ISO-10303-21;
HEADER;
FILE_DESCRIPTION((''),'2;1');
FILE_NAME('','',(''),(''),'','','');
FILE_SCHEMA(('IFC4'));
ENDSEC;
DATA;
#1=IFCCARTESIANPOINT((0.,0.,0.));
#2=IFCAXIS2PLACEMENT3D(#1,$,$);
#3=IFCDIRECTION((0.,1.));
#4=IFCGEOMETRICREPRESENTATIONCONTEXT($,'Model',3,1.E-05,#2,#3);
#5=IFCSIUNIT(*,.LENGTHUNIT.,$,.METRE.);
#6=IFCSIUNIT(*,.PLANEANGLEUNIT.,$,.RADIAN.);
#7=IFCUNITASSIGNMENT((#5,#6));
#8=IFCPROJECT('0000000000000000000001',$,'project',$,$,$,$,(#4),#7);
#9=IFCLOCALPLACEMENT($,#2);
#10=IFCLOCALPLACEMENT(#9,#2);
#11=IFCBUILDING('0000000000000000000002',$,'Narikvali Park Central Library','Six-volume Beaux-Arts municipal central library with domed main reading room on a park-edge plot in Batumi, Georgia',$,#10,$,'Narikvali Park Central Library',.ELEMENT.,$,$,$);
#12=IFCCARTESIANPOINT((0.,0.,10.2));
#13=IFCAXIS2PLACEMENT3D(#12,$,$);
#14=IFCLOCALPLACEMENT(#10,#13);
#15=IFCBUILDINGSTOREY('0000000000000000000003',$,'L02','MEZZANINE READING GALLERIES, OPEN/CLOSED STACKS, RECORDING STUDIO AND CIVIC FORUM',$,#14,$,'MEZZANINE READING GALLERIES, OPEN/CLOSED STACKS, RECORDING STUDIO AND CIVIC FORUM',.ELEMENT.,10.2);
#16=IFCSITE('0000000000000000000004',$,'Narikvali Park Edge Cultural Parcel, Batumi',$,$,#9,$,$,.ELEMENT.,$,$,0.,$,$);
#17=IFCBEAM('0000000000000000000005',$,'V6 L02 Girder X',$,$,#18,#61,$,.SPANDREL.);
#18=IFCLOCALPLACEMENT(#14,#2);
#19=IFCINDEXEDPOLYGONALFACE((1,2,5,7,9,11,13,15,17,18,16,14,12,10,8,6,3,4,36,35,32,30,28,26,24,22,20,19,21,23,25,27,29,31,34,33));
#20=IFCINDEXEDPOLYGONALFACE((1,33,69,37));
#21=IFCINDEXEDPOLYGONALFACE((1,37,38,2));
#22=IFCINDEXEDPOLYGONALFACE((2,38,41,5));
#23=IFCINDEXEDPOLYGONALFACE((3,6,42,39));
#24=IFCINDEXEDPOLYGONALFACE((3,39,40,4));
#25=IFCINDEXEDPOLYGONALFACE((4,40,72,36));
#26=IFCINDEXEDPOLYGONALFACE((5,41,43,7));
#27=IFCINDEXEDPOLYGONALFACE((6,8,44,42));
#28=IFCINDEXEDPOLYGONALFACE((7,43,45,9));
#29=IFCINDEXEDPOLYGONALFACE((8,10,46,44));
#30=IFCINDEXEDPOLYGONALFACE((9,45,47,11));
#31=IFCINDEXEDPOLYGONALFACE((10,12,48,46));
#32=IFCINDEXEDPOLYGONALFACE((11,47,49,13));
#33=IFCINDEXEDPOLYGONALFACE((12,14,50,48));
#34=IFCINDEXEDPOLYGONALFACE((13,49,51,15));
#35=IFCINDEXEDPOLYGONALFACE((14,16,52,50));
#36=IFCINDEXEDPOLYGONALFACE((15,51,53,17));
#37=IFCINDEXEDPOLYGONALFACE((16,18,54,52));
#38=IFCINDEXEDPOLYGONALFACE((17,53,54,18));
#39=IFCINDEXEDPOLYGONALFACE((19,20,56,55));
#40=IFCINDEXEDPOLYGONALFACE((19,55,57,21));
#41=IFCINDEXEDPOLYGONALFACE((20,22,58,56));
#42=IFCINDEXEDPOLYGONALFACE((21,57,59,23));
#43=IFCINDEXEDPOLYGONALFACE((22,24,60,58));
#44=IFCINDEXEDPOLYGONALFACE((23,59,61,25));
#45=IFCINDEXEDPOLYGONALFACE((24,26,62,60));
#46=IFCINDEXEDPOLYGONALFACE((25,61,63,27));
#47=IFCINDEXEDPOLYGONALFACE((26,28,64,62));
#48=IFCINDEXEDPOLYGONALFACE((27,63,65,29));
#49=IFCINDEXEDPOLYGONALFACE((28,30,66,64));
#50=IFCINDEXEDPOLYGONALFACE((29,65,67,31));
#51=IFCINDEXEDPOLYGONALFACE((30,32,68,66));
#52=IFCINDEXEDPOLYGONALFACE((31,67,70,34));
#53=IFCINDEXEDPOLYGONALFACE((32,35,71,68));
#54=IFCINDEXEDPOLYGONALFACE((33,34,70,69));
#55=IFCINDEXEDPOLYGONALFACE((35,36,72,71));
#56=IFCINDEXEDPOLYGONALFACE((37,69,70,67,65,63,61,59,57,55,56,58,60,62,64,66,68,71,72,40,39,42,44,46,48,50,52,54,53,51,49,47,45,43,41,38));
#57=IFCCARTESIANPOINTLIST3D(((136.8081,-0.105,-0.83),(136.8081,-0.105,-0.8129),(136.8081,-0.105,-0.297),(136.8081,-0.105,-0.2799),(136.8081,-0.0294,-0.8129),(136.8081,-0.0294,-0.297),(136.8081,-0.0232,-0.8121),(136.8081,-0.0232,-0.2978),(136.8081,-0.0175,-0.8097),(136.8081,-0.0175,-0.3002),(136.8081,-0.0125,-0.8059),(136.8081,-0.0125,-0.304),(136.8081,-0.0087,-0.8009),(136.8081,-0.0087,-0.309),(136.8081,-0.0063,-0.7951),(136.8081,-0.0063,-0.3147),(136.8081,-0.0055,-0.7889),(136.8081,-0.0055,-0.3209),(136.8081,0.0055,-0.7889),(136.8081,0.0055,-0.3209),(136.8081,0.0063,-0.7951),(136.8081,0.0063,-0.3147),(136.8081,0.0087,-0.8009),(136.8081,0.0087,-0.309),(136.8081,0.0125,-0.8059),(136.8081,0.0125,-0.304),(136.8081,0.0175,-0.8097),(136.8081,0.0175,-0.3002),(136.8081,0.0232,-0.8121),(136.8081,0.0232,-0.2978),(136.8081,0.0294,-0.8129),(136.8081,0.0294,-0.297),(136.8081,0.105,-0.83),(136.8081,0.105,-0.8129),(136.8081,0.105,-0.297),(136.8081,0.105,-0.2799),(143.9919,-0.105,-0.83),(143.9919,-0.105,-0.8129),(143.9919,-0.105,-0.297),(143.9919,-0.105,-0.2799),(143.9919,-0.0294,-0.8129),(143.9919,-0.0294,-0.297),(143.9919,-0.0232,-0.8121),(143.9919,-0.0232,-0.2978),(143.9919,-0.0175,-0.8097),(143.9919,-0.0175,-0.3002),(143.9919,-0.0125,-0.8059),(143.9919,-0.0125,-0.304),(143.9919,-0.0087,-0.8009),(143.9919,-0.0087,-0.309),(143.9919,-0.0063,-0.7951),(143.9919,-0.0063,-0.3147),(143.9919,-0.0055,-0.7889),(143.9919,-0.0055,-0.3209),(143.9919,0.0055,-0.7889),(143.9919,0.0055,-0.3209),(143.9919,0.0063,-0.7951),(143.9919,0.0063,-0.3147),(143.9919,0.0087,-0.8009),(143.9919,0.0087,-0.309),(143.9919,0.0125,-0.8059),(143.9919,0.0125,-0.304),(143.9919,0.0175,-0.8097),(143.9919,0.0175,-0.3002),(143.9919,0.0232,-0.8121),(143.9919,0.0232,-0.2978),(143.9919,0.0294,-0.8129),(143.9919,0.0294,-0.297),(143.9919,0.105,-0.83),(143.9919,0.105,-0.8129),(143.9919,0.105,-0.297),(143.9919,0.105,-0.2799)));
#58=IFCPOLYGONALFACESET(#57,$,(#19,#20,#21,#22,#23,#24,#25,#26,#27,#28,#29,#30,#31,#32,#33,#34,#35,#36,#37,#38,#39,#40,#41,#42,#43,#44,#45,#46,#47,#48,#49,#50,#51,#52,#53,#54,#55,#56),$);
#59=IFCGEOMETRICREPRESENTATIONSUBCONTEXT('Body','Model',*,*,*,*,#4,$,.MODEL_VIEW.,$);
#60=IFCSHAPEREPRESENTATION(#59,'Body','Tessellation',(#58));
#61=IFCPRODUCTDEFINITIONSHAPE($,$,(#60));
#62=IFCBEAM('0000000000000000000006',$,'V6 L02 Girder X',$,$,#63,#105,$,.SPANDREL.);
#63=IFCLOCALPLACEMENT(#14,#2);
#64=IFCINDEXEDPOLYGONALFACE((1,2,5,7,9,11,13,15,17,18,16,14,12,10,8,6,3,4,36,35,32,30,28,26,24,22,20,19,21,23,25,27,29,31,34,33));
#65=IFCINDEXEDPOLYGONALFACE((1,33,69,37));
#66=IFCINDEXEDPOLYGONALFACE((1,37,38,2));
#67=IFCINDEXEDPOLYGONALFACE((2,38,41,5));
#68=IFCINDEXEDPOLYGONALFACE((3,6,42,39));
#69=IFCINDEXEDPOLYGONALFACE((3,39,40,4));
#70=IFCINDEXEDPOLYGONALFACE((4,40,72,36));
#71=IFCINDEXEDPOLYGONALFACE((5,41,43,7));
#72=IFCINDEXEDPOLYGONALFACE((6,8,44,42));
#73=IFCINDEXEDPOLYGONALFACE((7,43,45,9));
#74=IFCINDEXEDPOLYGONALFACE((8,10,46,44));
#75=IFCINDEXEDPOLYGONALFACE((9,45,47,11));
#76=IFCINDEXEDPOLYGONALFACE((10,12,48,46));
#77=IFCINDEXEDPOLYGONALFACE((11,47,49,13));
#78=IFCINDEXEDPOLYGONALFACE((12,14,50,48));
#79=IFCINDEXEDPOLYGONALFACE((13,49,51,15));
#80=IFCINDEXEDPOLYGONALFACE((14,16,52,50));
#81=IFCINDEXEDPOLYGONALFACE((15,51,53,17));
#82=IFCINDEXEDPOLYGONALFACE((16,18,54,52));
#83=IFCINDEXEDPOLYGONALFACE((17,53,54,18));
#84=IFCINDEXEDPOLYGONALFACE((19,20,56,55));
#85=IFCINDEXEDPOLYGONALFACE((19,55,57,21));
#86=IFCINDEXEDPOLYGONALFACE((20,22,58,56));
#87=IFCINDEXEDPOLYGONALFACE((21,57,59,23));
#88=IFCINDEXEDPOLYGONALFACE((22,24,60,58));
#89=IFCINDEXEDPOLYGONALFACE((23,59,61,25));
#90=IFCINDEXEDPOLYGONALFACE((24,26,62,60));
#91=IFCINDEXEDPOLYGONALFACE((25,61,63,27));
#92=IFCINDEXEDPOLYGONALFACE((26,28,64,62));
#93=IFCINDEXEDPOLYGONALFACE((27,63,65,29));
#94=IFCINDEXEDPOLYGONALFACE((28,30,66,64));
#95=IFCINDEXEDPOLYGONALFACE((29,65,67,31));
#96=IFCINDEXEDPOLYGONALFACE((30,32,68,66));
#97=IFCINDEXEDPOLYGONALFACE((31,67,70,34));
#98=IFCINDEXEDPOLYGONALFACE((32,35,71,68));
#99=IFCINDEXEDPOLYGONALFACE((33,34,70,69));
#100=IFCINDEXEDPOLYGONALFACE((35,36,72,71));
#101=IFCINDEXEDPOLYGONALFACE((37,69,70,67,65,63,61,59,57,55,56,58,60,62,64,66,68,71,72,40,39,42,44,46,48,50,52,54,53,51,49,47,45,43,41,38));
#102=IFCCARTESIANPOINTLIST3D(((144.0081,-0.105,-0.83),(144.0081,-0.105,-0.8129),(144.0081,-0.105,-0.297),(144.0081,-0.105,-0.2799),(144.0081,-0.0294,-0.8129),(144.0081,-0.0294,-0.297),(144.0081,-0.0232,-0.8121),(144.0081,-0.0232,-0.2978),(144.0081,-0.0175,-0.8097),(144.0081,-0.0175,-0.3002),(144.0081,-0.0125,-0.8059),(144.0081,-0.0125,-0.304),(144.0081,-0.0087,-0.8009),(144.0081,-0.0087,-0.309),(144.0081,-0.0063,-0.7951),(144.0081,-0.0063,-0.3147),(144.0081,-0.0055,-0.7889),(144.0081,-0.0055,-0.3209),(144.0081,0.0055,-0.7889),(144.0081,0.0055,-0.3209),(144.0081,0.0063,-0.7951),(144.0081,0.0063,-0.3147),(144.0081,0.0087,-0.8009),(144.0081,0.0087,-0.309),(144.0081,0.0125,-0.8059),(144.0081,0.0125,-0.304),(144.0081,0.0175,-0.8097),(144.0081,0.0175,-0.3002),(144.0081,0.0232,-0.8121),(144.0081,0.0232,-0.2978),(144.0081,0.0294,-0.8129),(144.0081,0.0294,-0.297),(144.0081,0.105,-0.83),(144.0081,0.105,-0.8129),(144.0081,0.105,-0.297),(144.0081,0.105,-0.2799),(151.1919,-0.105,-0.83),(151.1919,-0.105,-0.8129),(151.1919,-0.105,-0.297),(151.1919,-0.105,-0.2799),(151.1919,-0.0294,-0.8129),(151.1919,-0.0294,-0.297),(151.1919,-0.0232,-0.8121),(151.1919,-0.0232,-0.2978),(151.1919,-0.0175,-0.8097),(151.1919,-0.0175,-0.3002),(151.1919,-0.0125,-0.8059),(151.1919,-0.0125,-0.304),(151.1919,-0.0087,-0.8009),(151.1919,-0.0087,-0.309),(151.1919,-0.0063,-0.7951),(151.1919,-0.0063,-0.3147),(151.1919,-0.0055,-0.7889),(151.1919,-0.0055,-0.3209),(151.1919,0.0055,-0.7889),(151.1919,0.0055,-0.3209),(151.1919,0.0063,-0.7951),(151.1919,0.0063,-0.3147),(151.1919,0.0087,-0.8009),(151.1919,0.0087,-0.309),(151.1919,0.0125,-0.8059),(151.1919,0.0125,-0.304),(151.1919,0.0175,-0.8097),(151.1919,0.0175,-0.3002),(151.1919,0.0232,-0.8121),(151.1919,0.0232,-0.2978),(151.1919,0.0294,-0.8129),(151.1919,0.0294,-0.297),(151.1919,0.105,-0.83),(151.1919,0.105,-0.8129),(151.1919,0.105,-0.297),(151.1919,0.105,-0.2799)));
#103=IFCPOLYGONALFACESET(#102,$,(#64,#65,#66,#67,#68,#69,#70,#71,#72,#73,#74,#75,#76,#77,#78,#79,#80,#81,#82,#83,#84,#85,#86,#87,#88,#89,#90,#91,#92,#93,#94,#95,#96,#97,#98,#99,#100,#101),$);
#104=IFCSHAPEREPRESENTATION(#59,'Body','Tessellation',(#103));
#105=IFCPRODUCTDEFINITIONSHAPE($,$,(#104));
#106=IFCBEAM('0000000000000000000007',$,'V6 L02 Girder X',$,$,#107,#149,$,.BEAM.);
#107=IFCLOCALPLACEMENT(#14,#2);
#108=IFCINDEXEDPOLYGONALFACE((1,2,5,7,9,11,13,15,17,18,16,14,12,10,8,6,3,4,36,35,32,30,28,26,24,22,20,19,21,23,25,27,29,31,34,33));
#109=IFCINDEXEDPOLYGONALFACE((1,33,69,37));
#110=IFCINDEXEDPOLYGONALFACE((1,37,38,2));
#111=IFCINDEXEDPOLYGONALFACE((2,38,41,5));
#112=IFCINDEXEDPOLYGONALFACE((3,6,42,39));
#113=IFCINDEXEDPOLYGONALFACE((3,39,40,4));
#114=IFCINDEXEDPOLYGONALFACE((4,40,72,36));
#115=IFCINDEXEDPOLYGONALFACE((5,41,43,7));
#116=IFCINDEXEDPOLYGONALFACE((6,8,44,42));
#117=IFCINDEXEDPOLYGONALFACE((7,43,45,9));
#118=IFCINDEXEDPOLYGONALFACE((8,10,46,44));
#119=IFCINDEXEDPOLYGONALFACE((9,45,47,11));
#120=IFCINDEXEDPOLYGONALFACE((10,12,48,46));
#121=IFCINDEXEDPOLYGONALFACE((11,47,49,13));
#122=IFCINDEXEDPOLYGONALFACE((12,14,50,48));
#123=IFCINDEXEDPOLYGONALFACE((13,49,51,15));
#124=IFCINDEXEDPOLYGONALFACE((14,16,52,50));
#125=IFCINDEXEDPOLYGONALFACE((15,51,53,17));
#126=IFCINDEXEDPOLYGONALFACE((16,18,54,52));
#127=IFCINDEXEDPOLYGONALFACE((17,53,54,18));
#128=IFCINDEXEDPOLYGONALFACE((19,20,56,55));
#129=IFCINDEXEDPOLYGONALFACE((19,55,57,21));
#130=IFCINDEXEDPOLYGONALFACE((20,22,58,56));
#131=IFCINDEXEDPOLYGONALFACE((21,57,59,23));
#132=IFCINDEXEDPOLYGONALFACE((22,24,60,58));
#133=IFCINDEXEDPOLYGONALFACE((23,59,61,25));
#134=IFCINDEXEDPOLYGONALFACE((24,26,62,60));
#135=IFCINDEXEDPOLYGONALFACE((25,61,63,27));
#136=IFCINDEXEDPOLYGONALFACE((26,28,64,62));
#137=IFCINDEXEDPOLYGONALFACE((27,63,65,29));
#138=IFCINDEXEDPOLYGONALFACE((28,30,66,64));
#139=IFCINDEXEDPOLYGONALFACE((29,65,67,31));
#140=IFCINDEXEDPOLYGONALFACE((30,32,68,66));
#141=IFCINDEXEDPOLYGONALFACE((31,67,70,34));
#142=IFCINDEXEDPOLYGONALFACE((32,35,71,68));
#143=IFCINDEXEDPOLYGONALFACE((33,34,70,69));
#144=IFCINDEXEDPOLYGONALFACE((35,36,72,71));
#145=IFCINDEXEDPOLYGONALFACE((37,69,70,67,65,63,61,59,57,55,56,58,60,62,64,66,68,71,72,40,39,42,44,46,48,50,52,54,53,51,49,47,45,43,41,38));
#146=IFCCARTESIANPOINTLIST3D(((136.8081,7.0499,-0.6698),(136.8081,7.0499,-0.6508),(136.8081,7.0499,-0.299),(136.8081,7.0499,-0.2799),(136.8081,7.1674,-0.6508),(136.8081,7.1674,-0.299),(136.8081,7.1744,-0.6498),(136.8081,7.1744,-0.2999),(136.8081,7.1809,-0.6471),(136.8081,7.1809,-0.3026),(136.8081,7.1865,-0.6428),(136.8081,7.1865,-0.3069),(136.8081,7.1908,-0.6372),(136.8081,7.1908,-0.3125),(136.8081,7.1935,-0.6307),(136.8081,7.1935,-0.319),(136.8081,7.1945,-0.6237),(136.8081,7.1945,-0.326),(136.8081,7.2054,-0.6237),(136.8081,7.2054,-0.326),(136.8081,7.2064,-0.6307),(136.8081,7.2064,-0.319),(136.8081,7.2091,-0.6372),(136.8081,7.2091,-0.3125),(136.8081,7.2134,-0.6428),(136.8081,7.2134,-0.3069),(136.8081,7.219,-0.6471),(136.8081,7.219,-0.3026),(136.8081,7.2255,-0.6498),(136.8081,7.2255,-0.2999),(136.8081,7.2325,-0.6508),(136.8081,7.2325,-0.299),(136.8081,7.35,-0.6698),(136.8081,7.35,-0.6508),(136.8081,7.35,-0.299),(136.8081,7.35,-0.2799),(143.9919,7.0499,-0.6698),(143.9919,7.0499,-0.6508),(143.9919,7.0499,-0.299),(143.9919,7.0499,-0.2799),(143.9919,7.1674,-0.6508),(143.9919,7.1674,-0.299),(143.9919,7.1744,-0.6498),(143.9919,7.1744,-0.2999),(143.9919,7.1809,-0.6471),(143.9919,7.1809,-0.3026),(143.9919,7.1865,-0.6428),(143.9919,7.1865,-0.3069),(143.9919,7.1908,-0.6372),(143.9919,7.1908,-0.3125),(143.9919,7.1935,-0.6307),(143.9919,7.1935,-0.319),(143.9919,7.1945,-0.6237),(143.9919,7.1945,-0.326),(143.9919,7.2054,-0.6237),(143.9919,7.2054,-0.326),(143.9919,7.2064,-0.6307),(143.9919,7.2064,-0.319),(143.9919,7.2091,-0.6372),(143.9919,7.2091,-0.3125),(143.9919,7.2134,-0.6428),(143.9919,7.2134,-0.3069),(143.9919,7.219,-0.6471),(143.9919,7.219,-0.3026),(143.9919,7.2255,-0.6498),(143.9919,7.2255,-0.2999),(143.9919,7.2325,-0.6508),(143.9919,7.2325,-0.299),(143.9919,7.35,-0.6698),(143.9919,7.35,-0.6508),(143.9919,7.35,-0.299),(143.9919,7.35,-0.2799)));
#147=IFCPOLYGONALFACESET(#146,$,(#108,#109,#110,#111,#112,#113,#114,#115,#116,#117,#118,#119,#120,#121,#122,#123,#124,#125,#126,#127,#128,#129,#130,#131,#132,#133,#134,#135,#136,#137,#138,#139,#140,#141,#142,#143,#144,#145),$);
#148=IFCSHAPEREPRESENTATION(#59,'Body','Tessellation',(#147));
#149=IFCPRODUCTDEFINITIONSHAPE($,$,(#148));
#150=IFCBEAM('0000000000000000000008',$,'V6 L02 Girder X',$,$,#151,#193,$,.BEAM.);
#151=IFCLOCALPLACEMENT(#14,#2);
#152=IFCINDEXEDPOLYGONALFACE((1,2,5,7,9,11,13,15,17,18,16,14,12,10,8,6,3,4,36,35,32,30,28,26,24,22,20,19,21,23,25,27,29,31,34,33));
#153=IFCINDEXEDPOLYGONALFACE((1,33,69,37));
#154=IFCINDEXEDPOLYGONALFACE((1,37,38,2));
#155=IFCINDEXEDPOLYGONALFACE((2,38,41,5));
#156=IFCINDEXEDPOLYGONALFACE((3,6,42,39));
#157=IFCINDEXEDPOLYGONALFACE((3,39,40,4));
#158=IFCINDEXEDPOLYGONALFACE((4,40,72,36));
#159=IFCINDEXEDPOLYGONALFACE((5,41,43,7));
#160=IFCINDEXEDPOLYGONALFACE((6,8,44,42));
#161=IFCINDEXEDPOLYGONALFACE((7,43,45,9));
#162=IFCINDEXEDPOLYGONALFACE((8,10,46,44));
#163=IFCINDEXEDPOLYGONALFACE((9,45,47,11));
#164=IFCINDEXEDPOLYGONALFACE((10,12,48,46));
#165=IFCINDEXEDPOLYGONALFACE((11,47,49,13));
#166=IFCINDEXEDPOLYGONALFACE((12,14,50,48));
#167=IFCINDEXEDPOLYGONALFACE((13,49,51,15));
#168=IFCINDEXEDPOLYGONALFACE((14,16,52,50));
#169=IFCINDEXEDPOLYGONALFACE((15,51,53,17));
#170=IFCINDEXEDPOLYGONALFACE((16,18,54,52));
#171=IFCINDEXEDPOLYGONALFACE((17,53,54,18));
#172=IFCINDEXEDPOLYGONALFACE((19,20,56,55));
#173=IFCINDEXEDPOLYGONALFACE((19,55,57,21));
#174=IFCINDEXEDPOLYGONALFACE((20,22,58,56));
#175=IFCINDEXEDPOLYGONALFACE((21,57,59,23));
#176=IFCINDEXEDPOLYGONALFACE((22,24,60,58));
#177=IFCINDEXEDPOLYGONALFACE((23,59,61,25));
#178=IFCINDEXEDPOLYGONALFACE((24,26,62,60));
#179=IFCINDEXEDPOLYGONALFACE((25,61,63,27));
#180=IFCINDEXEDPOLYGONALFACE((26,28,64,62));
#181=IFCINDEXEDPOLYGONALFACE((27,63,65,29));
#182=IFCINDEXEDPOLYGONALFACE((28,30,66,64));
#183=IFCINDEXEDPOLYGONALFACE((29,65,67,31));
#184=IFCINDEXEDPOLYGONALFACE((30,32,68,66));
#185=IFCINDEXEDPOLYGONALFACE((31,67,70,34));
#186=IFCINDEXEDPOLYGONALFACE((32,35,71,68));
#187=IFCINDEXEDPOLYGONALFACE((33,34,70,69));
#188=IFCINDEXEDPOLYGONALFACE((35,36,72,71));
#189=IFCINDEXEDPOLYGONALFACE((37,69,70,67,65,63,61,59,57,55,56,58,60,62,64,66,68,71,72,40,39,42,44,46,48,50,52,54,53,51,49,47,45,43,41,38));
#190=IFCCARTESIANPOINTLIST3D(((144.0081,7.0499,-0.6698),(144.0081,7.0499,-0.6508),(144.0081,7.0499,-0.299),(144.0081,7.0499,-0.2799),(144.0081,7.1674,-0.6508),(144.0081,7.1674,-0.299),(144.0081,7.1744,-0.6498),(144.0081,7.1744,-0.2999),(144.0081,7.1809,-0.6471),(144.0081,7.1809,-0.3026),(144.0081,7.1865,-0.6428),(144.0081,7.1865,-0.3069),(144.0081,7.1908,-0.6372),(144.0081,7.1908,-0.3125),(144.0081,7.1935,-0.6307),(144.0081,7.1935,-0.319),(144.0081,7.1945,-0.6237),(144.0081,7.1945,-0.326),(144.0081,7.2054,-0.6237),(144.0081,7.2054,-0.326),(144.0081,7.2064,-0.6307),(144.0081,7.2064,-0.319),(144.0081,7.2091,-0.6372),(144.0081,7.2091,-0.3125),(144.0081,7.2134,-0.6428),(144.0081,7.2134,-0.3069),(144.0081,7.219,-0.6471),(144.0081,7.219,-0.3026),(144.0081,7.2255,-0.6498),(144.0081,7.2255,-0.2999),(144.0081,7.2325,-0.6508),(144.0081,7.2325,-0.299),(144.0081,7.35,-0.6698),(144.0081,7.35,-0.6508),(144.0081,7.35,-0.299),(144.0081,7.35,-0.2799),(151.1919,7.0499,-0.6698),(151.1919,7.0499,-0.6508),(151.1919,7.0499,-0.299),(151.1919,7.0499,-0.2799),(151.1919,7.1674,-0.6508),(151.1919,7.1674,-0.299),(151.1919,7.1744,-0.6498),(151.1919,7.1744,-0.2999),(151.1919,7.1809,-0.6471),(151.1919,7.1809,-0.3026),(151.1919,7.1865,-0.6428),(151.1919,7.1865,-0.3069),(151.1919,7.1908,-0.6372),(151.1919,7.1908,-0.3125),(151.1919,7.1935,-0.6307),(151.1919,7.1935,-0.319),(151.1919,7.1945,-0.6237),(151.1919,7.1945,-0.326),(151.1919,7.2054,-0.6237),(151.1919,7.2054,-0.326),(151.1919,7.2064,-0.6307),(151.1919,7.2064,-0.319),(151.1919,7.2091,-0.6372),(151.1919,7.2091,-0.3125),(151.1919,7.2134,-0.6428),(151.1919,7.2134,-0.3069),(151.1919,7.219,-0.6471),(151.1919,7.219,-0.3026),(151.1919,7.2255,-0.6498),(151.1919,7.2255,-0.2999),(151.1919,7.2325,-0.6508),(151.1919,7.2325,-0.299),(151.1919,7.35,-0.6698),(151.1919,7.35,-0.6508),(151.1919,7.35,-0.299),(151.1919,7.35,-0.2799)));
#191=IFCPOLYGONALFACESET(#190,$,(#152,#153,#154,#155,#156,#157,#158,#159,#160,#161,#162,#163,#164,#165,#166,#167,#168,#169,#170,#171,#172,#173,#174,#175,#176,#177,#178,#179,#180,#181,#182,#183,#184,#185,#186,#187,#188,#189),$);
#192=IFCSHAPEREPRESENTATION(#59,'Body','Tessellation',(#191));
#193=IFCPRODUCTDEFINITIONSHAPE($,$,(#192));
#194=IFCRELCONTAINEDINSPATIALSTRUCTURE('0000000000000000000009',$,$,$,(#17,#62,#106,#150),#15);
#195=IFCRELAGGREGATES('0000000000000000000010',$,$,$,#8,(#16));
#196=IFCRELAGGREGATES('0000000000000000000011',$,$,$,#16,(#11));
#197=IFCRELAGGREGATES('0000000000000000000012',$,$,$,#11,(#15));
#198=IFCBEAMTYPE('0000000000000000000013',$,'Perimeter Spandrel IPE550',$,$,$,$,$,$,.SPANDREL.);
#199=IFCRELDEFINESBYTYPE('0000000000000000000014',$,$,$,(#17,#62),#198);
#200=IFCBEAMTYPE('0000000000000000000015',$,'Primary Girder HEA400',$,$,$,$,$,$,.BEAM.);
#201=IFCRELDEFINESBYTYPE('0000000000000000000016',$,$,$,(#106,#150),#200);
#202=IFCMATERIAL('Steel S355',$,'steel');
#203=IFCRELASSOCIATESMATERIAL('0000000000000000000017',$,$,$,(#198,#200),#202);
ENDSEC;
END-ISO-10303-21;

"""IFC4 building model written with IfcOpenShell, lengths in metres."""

from ifc_helpers import new_model, si_unit, direction, frame, origin, origin_2d, place, context, subcontext, project, spatial, i_section, extrude, material, material_profile, profile_set, type_object, element, save


model = new_model("IFC4")

# Units and contexts
model_context = context("Model", 3, precision=1e-05, world=origin(), true_north=direction((0.0, 1.0)))
body_context = subcontext(model_context, "Body", "Model", "MODEL_VIEW")
ifc_project = project(units=[si_unit("LENGTHUNIT", "METRE"), si_unit("PLANEANGLEUNIT", "RADIAN")], contexts=[model_context])

# Site, building, storey
site_placement = place(None, origin())
site = spatial("IfcSite", under=ifc_project, at=site_placement, Name="Narikvali Park Edge Cultural Parcel, Batumi", CompositionType="ELEMENT", RefElevation=0.0)
building_placement = place(site_placement, origin())
building = spatial("IfcBuilding", under=site, at=building_placement, Name="Narikvali Park Central Library", Description="Six-volume Beaux-Arts municipal central library with domed main reading room on a park-edge plot in Batumi, Georgia", LongName="Narikvali Park Central Library", CompositionType="ELEMENT")
storey_placement = place(building_placement, frame((0.0, 0.0, 10.2)))
storey = spatial("IfcBuildingStorey", under=building, at=storey_placement, Name="L02", Description="MEZZANINE READING GALLERIES, OPEN/CLOSED STACKS, RECORDING STUDIO AND CIVIC FORUM", LongName="MEZZANINE READING GALLERIES, OPEN/CLOSED STACKS, RECORDING STUDIO AND CIVIC FORUM", CompositionType="ELEMENT", Elevation=10.2)

# Shared definitions
ifc_material_1 = material(Name="Steel S355", Category="steel")

# Beams
ifc_material_profile_1 = material_profile(ifc_material_1, i_section(OverallWidth=0.21, OverallDepth=0.55, WebThickness=0.011, FlangeThickness=0.0171, FilletRadius=0.0239, at=origin_2d()), Name="IPE 550")
ifc_profile_set_1 = profile_set([ifc_material_profile_1], Name="Steel S355")
beam_type_1 = type_object("IfcBeamType", Name="Perimeter Spandrel IPE550", PredefinedType="SPANDREL", material=ifc_profile_set_1)
for number, where, z_axis, x_axis, name in (
    (1, (136.8081, 0.0, -0.5549), (1.0, 0.0, 0.0), (0.0, 1.0, 0.0), "V6 L02 Girder X"),
    (2, (144.0081, 0.0, -0.5549), (1.0, 0.0, 0.0), (0.0, 1.0, 0.0), "V6 L02 Girder X"),
):
    element("IfcBeam", number, at=place(storey_placement, frame(where, z_axis=z_axis, x_axis=x_axis)), inside=storey, type_object=beam_type_1, Name=name, PredefinedType="SPANDREL", context=body_context, shape_type="SweptSolid", body=[
        extrude(i_section(OverallWidth=0.21, OverallDepth=0.55, WebThickness=0.011, FlangeThickness=0.0171, FilletRadius=0.0239, at=origin_2d()), origin(), (0.0, 0.0, 1.0), 7.1838),
    ])
ifc_material_profile_2 = material_profile(ifc_material_1, i_section(OverallWidth=0.3, OverallDepth=0.3899, WebThickness=0.011, FlangeThickness=0.019, FilletRadius=0.0271, at=origin_2d()), Name="HEA 400")
ifc_profile_set_2 = profile_set([ifc_material_profile_2], Name="Steel S355")
beam_type_2 = type_object("IfcBeamType", Name="Primary Girder HEA400", PredefinedType="BEAM", material=ifc_profile_set_2)
for number, where, z_axis, x_axis, name in (
    (3, (136.8081, 7.2, -0.4749), (1.0, 0.0, 0.0), (0.0, 1.0, 0.0), "V6 L02 Girder X"),
    (4, (144.0081, 7.2, -0.4749), (1.0, 0.0, 0.0), (0.0, 1.0, 0.0), "V6 L02 Girder X"),
):
    element("IfcBeam", number, at=place(storey_placement, frame(where, z_axis=z_axis, x_axis=x_axis)), inside=storey, type_object=beam_type_2, Name=name, PredefinedType="BEAM", context=body_context, shape_type="SweptSolid", body=[
        extrude(i_section(OverallWidth=0.3, OverallDepth=0.3899, WebThickness=0.011, FlangeThickness=0.019, FilletRadius=0.0271, at=origin_2d()), origin(), (0.0, 0.0, 1.0), 7.1838),
    ])

save(model, "model.ifc")
